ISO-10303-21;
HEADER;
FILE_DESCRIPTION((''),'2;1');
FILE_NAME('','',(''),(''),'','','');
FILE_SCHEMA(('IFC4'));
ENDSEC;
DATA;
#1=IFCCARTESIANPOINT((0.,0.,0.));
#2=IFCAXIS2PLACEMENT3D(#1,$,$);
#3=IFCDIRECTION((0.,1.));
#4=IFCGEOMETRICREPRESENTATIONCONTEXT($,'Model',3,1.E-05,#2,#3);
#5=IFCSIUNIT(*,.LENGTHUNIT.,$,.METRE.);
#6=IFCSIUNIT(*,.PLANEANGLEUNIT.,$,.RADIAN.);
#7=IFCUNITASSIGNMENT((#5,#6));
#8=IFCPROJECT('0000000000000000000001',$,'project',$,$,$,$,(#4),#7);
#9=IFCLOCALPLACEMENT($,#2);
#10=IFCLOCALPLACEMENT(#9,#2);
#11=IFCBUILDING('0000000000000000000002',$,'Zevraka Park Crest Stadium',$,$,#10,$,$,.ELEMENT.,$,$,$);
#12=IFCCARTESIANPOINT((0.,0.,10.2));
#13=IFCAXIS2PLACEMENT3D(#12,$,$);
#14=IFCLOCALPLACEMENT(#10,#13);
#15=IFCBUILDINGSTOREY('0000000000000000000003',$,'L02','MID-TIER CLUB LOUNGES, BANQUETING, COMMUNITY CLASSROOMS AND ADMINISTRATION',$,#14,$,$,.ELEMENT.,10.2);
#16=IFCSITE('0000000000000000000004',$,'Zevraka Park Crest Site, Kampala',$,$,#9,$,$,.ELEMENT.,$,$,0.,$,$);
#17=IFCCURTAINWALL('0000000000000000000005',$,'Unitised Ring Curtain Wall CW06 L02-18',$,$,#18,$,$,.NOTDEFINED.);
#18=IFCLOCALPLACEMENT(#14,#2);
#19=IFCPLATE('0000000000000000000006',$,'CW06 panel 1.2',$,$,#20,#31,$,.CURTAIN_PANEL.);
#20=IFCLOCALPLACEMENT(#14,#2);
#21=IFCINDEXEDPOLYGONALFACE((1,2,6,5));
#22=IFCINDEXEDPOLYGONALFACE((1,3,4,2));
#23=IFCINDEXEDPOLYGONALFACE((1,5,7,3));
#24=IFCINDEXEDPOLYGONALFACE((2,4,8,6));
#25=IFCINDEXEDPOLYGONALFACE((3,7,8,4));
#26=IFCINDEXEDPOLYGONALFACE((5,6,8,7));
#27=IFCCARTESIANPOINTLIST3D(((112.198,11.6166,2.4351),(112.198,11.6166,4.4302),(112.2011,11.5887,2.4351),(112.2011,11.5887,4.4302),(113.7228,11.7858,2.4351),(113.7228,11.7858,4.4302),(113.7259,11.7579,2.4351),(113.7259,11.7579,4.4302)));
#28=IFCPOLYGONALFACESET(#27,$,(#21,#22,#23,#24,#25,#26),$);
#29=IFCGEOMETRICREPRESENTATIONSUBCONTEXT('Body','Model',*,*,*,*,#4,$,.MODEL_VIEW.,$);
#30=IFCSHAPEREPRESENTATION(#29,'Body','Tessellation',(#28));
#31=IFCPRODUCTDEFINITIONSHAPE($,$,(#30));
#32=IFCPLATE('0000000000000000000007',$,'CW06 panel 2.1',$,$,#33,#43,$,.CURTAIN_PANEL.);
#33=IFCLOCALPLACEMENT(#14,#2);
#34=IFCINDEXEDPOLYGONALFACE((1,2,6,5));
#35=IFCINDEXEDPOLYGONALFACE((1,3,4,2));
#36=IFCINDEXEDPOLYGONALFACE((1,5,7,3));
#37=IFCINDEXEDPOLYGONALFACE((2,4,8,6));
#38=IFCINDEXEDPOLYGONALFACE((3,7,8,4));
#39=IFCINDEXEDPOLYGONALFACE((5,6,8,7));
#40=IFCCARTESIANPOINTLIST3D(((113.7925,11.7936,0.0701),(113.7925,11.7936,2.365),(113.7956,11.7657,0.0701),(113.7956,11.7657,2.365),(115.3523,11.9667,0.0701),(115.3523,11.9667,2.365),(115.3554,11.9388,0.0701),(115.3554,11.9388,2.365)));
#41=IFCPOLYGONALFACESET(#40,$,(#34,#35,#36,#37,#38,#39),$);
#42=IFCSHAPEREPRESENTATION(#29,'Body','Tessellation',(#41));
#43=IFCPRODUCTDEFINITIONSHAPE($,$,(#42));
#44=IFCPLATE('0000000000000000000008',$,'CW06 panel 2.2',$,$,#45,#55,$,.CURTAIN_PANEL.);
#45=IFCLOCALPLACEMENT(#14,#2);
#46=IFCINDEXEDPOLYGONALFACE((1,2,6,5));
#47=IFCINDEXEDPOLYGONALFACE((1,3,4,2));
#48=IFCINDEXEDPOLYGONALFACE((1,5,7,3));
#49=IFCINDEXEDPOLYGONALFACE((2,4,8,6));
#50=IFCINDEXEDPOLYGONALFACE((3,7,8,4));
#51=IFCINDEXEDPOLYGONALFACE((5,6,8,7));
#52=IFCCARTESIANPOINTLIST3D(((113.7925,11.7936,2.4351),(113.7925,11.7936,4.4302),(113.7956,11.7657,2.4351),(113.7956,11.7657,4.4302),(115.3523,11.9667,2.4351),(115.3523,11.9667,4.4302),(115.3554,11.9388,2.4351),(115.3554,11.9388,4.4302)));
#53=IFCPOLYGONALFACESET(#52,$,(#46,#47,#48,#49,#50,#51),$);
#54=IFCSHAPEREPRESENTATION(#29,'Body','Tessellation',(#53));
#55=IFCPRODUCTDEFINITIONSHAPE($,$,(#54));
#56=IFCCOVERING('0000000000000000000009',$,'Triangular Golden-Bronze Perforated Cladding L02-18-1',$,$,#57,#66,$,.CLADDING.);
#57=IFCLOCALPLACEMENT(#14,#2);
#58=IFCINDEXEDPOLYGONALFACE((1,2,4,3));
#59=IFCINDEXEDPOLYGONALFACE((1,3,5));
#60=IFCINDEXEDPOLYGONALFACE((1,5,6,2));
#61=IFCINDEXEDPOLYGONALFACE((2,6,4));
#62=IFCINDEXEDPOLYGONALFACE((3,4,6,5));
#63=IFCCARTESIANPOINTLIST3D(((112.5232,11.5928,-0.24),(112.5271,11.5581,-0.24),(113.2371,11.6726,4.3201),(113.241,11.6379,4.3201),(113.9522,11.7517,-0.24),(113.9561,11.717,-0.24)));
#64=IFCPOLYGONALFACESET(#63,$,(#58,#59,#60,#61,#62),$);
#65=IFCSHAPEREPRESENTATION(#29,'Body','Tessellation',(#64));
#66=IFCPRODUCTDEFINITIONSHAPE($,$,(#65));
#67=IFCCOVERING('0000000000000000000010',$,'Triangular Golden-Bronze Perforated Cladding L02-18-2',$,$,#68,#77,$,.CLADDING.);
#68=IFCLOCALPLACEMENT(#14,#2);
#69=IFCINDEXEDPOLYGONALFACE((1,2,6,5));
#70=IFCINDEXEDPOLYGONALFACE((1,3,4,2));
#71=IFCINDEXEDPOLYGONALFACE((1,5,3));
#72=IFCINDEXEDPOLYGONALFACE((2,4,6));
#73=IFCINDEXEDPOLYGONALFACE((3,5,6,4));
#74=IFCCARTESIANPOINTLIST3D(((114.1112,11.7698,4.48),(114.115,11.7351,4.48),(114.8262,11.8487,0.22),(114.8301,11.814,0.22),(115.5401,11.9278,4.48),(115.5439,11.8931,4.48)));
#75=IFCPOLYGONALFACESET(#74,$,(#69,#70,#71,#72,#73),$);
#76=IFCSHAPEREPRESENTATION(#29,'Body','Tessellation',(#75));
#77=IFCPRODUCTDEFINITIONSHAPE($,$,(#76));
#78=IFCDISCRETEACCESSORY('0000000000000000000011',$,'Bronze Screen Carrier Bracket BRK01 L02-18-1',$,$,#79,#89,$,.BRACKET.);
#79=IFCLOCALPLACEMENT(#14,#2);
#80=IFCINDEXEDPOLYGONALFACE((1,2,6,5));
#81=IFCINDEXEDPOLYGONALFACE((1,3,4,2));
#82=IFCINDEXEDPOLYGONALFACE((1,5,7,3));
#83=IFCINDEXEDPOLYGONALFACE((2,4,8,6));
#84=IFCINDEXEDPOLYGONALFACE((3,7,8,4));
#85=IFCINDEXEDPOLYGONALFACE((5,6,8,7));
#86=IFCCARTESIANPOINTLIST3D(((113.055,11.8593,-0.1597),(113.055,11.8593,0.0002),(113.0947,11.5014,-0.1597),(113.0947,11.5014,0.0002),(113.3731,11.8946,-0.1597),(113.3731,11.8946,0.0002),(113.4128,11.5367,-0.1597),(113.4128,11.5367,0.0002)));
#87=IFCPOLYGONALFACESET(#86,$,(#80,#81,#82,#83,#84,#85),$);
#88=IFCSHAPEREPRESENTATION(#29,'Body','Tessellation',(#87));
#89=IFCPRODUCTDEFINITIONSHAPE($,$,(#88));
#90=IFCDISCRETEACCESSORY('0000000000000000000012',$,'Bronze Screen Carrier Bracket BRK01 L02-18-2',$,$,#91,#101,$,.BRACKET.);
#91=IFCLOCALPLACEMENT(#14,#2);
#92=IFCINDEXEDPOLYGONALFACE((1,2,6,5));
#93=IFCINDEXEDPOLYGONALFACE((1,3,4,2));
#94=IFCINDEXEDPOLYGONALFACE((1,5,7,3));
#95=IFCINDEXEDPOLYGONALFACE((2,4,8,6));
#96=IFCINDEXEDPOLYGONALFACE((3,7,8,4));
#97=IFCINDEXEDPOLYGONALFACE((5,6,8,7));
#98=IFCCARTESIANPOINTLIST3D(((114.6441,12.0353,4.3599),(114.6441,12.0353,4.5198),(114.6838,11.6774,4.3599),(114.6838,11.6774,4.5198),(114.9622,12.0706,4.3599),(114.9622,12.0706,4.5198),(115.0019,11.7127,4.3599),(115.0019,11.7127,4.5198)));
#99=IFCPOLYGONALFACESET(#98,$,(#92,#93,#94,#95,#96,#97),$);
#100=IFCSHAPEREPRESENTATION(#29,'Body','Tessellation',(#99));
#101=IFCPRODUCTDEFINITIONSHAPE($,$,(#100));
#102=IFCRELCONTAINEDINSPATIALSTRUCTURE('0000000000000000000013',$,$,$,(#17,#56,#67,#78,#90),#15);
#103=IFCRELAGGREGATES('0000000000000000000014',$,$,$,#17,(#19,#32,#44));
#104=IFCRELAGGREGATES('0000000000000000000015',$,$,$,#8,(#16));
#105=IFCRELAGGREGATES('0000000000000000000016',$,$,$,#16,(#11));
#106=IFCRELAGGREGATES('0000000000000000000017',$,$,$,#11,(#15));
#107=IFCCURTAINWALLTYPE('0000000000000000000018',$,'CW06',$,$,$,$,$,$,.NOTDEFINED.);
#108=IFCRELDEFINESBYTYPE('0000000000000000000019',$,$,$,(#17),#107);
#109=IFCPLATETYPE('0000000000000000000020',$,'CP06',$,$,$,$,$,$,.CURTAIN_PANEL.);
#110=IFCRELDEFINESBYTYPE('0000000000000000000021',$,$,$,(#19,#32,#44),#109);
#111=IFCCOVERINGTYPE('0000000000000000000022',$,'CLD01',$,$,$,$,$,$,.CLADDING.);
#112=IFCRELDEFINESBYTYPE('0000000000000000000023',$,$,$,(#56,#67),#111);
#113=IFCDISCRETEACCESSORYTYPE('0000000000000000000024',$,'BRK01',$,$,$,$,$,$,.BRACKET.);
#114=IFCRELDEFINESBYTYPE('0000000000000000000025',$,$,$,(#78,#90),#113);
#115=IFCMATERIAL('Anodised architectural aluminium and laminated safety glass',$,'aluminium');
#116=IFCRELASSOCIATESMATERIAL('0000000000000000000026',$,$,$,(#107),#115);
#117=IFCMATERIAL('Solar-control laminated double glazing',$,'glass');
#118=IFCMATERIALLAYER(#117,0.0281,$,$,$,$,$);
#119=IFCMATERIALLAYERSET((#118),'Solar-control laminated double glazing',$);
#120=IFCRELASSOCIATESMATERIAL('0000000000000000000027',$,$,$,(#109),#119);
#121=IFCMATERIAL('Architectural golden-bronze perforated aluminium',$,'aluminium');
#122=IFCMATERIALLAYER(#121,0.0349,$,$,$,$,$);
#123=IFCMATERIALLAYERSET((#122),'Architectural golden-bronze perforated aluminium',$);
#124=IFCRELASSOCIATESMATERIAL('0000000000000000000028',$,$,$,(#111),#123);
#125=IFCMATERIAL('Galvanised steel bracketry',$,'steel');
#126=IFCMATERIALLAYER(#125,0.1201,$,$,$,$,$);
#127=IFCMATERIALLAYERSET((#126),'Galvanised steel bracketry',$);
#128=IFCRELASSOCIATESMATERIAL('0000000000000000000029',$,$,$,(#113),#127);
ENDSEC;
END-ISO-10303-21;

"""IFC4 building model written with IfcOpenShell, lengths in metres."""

from ifc_helpers import new_model, si_unit, direction, frame, origin, origin_2d, place, context, subcontext, project, spatial, polyline, rectangle, outline, extrude, material, layer, layer_set, type_object, element, aggregate, save


model = new_model("IFC4")

# Units and contexts
model_context = context("Model", 3, precision=1e-05, world=origin(), true_north=direction((0.0, 1.0)))
body_context = subcontext(model_context, "Body", "Model", "MODEL_VIEW")
ifc_project = project(units=[si_unit("LENGTHUNIT", "METRE"), si_unit("PLANEANGLEUNIT", "RADIAN")], contexts=[model_context])

# Site, building, storey
site_placement = place(None, origin())
site = spatial("IfcSite", under=ifc_project, at=site_placement, Name="Zevraka Park Crest Site, Kampala", CompositionType="ELEMENT", RefElevation=0.0)
building_placement = place(site_placement, origin())
building = spatial("IfcBuilding", under=site, at=building_placement, Name="Zevraka Park Crest Stadium", CompositionType="ELEMENT")
storey_placement = place(building_placement, frame((0.0, 0.0, 10.2)))
storey = spatial("IfcBuildingStorey", under=building, at=storey_placement, Name="L02", Description="MID-TIER CLUB LOUNGES, BANQUETING, COMMUNITY CLASSROOMS AND ADMINISTRATION", CompositionType="ELEMENT", Elevation=10.2)

# Shared definitions
ifc_material_1 = material(Name="Anodised architectural aluminium and laminated safety glass", Category="aluminium")
curtain_wall_type = type_object("IfcCurtainWallType", Name="CW06", PredefinedType="NOTDEFINED", material=ifc_material_1)

# Curtain wall, plates
curtain_wall_1_placement = place(storey_placement, origin())
curtain_wall_1 = element("IfcCurtainWall", 1, at=curtain_wall_1_placement, inside=storey, type_object=curtain_wall_type, Name="Unitised Ring Curtain Wall CW06 L02-18", PredefinedType="NOTDEFINED")
ifc_material_2 = material(Name="Solar-control laminated double glazing", Category="glass")
ifc_layer_1 = layer(ifc_material_2, 0.0281)
ifc_layer_set_1 = layer_set([ifc_layer_1], Name="Solar-control laminated double glazing")
plate_type = type_object("IfcPlateType", Name="CP06", PredefinedType="CURTAIN_PANEL", material=ifc_layer_set_1)
plate_1_placement = place(storey_placement, frame((112.9619, 11.6873, 2.4351), z_axis=(0.0, 0.0, 1.0), x_axis=(0.993899, 0.110293, 0.0)))
plate_1 = element("IfcPlate", 2, at=plate_1_placement, type_object=plate_type, Name="CW06 panel 1.2", PredefinedType="CURTAIN_PANEL", context=body_context, shape_type="SweptSolid", body=[
    extrude(rectangle(XDim=1.5342, YDim=0.0281, at=origin_2d()), origin(), (0.0, 0.0, 1.0), 1.9951),
])
plate_2_placement = place(storey_placement, frame((114.574, 11.8662, 0.0701), z_axis=(0.0, 0.0, 1.0), x_axis=(0.993899, 0.110293, 0.0)))
plate_2 = element("IfcPlate", 3, at=plate_2_placement, type_object=plate_type, Name="CW06 panel 2.1", PredefinedType="CURTAIN_PANEL", context=body_context, shape_type="SweptSolid", body=[
    extrude(rectangle(XDim=1.5693, YDim=0.0281, at=origin_2d()), origin(), (0.0, 0.0, 1.0), 2.2949),
])
plate_3_placement = place(storey_placement, frame((114.574, 11.8662, 2.4351), z_axis=(0.0, 0.0, 1.0), x_axis=(0.993899, 0.110293, 0.0)))
plate_3 = element("IfcPlate", 4, at=plate_3_placement, type_object=plate_type, Name="CW06 panel 2.2", PredefinedType="CURTAIN_PANEL", context=body_context, shape_type="SweptSolid", body=[
    extrude(rectangle(XDim=1.5693, YDim=0.0281, at=origin_2d()), origin(), (0.0, 0.0, 1.0), 1.9951),
])
aggregate(curtain_wall_1, [plate_1, plate_2, plate_3])

# Coverings
ifc_material_3 = material(Name="Architectural golden-bronze perforated aluminium", Category="aluminium")
ifc_layer_2 = layer(ifc_material_3, 0.0349)
ifc_layer_set_2 = layer_set([ifc_layer_2], Name="Architectural golden-bronze perforated aluminium")
covering_type = type_object("IfcCoveringType", Name="CLD01", PredefinedType="CLADDING", material=ifc_layer_set_2)
covering_1_placement = place(storey_placement, frame((112.5271, 11.5581, -0.24), z_axis=(0.110543, -0.993871, 0.000095), x_axis=(0.993871, 0.110543, 0.0)))
element("IfcCovering", 5, at=covering_1_placement, inside=storey, type_object=covering_type, Name="Triangular Golden-Bronze Perforated Cladding L02-18-1", PredefinedType="CLADDING", context=body_context, shape_type="SweptSolid", body=[
    extrude(outline(polyline([(0.0, 0.0), (1.4378, 0.0), (0.7183, 4.5601), (0.0, 0.0)])), origin(), (0.0, 0.0, -1.0), 0.0349),
])
covering_2_placement = place(storey_placement, frame((115.5439, 11.8931, 4.48), z_axis=(0.109872, -0.993946, 0.000044), x_axis=(-0.993946, -0.109872, 0.0)))
element("IfcCovering", 6, at=covering_2_placement, inside=storey, type_object=covering_type, Name="Triangular Golden-Bronze Perforated Cladding L02-18-2", PredefinedType="CLADDING", context=body_context, shape_type="SweptSolid", body=[
    extrude(outline(polyline([(0.0, 0.0), (1.4377, 0.0), (0.7182, 4.26), (0.0, 0.0)])), origin(), (0.0, 0.0, -1.0), 0.0349),
])

# Discrete accessories
ifc_material_4 = material(Name="Galvanised steel bracketry", Category="steel")
ifc_layer_3 = layer(ifc_material_4, 0.1201)
ifc_layer_set_3 = layer_set([ifc_layer_3], Name="Galvanised steel bracketry")
discrete_accessory_type = type_object("IfcDiscreteAccessoryType", Name="BRK01", PredefinedType="BRACKET", material=ifc_layer_set_3)
for number, where, z_axis, x_axis, name in (
    (7, (113.2339, 11.698, -0.1597), (0.0, 0.0, 1.0), (0.993903, 0.110255, 0.0), "Bronze Screen Carrier Bracket BRK01 L02-18-1"),
    (8, (114.823, 11.874, 4.3599), (0.0, 0.0, 1.0), (0.993903, 0.110255, 0.0), "Bronze Screen Carrier Bracket BRK01 L02-18-2"),
):
    element("IfcDiscreteAccessory", number, at=place(storey_placement, frame(where, z_axis=z_axis, x_axis=x_axis)), inside=storey, type_object=discrete_accessory_type, Name=name, PredefinedType="BRACKET", context=body_context, shape_type="SweptSolid", body=[
        extrude(rectangle(XDim=0.3201, YDim=0.3601, at=origin_2d()), origin(), (0.0, 0.0, 1.0), 0.1599),
    ])

save(model, "model.ifc")
